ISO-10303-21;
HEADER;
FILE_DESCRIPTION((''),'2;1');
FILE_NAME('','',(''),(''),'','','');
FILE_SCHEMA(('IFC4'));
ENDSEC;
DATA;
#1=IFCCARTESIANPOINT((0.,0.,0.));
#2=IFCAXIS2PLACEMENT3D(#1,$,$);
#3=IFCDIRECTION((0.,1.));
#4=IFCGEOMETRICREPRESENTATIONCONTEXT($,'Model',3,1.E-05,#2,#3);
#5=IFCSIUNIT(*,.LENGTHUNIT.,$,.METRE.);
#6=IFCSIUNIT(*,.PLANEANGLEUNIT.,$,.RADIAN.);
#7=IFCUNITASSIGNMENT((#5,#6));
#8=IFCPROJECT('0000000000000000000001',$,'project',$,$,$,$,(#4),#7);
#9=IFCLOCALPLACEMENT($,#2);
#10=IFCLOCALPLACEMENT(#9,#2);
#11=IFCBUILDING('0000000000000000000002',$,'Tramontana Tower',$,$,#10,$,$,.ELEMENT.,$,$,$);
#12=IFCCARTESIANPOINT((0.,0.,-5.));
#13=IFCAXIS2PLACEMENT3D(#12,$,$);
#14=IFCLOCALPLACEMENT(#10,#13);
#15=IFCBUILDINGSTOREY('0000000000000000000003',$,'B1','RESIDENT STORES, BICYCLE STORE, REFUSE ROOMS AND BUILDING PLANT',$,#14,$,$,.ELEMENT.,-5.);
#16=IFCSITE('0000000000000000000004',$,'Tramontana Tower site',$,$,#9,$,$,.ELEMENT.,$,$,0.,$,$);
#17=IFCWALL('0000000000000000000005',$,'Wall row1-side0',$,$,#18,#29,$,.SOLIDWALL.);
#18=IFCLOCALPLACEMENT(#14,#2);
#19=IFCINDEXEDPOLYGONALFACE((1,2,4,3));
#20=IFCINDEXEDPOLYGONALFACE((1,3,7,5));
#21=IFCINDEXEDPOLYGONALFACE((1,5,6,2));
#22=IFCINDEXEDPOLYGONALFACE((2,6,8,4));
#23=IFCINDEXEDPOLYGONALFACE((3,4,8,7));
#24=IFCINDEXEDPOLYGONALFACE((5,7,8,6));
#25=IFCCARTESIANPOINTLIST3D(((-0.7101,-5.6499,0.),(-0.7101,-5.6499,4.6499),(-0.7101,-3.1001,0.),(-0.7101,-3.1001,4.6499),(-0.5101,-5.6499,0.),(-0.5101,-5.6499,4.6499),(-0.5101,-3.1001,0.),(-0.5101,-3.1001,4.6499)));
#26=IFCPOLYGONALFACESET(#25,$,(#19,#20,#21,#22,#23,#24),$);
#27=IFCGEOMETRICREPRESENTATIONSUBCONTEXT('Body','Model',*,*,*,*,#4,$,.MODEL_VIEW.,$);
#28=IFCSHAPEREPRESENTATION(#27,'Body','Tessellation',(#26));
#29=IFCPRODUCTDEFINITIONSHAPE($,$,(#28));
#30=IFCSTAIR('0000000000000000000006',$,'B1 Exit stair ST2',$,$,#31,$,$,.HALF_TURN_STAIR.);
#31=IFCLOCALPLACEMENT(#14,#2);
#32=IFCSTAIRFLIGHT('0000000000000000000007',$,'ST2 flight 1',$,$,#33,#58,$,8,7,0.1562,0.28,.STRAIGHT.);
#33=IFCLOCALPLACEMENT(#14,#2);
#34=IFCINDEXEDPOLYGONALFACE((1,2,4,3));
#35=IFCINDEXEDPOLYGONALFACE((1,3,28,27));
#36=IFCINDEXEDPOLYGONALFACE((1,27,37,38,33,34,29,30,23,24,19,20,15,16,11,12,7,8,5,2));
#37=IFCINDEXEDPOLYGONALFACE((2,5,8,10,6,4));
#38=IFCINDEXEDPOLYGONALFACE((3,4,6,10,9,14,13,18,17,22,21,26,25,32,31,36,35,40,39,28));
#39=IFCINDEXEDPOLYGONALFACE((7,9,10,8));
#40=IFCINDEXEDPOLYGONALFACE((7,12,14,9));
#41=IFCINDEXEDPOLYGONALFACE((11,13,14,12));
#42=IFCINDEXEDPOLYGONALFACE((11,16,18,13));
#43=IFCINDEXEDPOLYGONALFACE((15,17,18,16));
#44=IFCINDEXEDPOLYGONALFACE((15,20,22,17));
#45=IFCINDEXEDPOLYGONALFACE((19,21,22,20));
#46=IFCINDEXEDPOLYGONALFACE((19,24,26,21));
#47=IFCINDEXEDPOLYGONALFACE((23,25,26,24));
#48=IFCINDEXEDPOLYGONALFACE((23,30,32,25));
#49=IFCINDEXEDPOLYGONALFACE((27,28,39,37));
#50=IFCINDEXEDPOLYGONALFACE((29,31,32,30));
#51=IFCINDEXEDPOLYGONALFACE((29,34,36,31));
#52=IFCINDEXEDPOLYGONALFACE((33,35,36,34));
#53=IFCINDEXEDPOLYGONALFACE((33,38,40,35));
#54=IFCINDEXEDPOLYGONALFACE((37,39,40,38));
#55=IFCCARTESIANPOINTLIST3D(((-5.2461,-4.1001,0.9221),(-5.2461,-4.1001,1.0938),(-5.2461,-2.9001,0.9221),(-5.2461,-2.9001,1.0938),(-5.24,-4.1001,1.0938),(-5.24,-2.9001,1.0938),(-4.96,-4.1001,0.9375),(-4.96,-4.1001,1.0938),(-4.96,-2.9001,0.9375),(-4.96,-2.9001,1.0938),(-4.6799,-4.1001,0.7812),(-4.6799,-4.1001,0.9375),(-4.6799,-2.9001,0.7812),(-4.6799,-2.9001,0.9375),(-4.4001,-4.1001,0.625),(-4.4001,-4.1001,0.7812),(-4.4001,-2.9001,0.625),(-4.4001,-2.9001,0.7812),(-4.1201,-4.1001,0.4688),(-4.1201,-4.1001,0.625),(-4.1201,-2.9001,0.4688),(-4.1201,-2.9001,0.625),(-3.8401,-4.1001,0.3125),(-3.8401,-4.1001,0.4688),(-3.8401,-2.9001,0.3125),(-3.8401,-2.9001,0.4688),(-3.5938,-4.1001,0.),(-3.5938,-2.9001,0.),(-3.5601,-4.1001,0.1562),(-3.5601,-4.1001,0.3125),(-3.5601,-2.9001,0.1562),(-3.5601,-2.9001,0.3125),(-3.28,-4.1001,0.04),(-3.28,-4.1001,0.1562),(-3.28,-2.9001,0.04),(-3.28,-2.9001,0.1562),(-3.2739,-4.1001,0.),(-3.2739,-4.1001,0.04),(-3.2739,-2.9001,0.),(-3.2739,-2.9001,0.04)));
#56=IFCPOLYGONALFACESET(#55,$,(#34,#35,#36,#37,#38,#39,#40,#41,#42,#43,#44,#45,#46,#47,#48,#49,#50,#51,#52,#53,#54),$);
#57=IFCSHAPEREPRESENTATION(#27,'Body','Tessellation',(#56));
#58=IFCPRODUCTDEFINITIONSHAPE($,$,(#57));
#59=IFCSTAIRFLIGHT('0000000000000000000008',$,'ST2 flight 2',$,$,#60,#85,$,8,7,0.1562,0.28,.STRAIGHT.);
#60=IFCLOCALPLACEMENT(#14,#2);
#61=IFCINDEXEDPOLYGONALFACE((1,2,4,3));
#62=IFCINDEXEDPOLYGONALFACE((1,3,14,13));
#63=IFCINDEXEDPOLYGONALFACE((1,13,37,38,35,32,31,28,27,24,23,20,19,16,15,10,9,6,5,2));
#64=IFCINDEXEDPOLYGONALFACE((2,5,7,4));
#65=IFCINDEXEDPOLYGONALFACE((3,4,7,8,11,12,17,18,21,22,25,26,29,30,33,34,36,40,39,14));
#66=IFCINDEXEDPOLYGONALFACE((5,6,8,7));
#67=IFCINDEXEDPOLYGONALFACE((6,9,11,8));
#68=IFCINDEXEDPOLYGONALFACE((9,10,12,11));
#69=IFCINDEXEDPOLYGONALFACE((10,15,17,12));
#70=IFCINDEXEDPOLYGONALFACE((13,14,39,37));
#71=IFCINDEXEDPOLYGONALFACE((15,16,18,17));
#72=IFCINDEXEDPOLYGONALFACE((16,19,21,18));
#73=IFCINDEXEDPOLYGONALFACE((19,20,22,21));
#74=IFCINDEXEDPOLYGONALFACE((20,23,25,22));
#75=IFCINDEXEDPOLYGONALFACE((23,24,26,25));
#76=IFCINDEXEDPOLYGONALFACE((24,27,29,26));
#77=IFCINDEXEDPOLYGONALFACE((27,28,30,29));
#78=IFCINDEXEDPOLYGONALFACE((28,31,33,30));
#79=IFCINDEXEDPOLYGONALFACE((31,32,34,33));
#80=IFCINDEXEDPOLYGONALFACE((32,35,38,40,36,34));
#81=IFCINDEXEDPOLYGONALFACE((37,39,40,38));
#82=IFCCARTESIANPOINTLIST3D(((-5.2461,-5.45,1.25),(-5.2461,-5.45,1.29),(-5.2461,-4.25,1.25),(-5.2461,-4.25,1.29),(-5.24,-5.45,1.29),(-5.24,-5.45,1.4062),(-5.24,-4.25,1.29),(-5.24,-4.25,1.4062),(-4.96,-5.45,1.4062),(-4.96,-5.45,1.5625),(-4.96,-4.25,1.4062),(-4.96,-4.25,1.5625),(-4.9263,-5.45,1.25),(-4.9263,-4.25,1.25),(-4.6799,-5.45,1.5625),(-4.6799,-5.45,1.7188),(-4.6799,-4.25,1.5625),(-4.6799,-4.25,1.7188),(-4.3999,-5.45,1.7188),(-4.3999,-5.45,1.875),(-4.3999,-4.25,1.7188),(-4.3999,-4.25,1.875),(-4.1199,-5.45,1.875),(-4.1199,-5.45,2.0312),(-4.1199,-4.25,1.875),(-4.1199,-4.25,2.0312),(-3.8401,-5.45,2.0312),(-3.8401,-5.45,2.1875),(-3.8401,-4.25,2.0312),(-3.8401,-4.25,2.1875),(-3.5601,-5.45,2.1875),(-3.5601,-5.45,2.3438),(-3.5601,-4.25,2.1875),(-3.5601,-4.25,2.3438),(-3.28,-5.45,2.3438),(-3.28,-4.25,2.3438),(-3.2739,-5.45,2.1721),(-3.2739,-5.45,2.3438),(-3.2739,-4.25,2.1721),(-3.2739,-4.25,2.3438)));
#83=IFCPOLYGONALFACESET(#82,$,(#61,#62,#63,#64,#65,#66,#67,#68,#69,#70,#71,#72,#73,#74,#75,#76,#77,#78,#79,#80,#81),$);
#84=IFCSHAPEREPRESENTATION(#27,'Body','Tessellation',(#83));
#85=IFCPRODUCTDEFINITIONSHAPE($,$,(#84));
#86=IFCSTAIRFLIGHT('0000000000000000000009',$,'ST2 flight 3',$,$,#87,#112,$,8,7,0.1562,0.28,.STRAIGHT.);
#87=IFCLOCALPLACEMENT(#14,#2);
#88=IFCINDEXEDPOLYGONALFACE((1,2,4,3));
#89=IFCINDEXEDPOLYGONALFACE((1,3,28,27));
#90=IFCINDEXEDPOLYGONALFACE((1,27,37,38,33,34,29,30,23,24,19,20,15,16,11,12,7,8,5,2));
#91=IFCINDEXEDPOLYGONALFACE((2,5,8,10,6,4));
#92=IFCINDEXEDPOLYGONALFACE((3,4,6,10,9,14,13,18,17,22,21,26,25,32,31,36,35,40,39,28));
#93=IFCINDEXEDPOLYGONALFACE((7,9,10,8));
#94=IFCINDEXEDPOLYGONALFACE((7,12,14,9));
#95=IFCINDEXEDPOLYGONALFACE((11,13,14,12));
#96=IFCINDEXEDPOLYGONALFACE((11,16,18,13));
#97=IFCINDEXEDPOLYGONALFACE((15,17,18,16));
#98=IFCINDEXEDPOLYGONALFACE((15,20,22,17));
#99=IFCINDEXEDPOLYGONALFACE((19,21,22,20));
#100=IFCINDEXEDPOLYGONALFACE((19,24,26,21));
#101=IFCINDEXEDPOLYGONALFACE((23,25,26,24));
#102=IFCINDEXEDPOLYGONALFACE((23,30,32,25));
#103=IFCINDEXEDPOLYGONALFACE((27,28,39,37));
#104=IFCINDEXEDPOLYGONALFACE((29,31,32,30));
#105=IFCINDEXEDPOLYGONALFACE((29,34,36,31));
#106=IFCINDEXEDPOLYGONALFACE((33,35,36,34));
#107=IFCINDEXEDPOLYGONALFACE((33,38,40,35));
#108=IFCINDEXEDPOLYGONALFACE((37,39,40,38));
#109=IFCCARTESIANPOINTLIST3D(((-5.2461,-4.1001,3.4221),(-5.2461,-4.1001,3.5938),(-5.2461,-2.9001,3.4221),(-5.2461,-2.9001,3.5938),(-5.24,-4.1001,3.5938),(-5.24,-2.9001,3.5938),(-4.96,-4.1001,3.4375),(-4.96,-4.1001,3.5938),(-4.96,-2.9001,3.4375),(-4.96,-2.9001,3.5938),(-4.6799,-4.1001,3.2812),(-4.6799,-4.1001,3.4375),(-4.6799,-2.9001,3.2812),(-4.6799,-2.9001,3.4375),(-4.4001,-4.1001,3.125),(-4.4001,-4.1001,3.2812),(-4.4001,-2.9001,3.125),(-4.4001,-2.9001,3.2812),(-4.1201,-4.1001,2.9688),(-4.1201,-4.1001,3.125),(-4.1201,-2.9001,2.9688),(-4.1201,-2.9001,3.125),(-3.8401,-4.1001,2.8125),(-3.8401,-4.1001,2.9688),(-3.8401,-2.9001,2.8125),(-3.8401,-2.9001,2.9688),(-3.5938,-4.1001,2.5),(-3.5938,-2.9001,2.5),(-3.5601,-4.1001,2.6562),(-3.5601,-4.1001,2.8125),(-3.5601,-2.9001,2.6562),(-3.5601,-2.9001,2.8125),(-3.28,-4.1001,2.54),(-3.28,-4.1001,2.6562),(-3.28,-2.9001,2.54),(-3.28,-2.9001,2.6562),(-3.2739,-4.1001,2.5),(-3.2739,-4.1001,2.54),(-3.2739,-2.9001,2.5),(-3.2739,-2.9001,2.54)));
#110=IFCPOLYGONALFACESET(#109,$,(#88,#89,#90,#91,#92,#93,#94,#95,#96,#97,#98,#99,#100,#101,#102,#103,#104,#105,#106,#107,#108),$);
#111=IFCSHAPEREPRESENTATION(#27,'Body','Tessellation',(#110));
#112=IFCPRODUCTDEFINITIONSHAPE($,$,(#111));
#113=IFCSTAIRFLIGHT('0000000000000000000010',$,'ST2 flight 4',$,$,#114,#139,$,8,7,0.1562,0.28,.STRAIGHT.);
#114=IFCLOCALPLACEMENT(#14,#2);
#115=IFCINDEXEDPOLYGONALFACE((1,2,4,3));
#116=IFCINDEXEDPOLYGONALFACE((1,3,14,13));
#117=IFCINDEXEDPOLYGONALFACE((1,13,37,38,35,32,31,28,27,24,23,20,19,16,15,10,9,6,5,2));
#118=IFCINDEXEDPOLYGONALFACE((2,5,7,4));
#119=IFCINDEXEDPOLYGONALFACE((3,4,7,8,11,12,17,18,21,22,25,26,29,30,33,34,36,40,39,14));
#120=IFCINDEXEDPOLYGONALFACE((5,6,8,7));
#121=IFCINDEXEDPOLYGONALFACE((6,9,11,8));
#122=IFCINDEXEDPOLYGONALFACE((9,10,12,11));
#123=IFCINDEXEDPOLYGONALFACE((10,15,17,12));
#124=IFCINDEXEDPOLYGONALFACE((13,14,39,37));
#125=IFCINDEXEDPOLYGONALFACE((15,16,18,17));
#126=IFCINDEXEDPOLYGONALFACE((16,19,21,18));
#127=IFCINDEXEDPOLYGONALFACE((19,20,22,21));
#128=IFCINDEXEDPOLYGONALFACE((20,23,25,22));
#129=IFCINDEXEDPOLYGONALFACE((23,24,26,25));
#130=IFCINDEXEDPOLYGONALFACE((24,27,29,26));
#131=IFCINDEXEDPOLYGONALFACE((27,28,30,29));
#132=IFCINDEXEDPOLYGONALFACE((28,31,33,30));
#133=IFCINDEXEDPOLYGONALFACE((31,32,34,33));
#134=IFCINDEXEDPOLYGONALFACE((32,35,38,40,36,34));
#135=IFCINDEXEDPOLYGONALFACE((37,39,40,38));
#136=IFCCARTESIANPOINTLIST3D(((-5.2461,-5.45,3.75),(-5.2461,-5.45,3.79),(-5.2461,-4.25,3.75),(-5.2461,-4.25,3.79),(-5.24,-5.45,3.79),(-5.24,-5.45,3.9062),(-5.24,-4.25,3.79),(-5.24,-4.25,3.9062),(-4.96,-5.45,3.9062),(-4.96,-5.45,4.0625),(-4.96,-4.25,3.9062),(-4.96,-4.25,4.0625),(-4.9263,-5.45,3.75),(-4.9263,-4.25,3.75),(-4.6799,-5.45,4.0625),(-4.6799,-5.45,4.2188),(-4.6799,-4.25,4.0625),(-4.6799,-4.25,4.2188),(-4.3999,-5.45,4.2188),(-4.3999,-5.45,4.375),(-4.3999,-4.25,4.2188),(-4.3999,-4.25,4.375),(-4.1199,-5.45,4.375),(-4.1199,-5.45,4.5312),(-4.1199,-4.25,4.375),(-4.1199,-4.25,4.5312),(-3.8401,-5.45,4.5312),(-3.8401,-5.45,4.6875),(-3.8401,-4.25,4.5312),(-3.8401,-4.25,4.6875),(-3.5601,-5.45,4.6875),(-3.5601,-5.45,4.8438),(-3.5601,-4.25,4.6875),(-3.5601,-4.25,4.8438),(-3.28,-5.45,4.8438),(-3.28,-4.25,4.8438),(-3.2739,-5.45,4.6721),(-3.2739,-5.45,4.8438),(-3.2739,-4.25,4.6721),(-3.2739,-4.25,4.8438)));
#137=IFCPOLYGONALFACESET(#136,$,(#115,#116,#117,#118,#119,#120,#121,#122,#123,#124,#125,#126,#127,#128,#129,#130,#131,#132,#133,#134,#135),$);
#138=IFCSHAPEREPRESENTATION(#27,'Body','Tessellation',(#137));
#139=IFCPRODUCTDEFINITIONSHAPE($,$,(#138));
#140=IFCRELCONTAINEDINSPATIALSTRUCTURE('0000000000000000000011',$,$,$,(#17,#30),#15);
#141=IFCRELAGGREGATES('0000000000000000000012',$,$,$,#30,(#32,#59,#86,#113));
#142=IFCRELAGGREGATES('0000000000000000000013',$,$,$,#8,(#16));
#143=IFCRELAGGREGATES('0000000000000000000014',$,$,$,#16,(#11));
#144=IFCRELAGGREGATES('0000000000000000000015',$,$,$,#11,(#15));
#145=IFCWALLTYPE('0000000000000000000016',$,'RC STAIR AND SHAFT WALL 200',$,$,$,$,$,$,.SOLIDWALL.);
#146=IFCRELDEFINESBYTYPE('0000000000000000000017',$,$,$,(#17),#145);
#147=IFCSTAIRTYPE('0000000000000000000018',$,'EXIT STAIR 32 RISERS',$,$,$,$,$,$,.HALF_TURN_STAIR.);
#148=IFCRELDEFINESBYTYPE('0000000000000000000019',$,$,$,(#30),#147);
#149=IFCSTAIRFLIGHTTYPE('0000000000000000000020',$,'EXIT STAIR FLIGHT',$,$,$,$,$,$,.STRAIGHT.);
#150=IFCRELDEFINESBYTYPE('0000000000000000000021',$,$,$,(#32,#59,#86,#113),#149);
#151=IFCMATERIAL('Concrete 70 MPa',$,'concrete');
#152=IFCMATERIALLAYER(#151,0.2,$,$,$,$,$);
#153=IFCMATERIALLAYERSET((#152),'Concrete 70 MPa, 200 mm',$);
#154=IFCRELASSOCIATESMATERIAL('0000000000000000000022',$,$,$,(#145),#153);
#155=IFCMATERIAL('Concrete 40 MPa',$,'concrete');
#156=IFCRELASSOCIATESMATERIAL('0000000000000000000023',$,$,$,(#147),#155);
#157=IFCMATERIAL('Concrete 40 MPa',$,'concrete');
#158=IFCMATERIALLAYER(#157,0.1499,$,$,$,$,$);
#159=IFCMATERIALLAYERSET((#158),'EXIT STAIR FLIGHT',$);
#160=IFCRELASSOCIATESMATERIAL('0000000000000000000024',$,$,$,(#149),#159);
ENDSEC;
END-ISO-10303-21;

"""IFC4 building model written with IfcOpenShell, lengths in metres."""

from ifc_helpers import new_model, si_unit, direction, frame, frame_2d, origin, place, context, subcontext, project, spatial, polyline, rectangle, outline, extrude, material, layer, layer_set, type_object, element, aggregate, save


model = new_model("IFC4")

# Units and contexts
model_context = context("Model", 3, precision=1e-05, world=origin(), true_north=direction((0.0, 1.0)))
body_context = subcontext(model_context, "Body", "Model", "MODEL_VIEW")
ifc_project = project(units=[si_unit("LENGTHUNIT", "METRE"), si_unit("PLANEANGLEUNIT", "RADIAN")], contexts=[model_context])

# Site, building, storey
site_placement = place(None, origin())
site = spatial("IfcSite", under=ifc_project, at=site_placement, Name="Tramontana Tower site", CompositionType="ELEMENT", RefElevation=0.0)
building_placement = place(site_placement, origin())
building = spatial("IfcBuilding", under=site, at=building_placement, Name="Tramontana Tower", CompositionType="ELEMENT")
storey_placement = place(building_placement, frame((0.0, 0.0, -5.0)))
storey = spatial("IfcBuildingStorey", under=building, at=storey_placement, Name="B1", Description="RESIDENT STORES, BICYCLE STORE, REFUSE ROOMS AND BUILDING PLANT", CompositionType="ELEMENT", Elevation=-5.0)

# Shared definitions
ifc_material_1 = material(Name="Concrete 70 MPa", Category="concrete")
ifc_layer_1 = layer(ifc_material_1, 0.2)
ifc_layer_set_1 = layer_set([ifc_layer_1], Name="Concrete 70 MPa, 200 mm")
wall_type_1 = type_object("IfcWallType", Name="RC STAIR AND SHAFT WALL 200", PredefinedType="SOLIDWALL", material=ifc_layer_set_1)

# Wall
wall_1_placement = place(storey_placement, frame((-0.6101, -3.1001, 0.0), z_axis=(0.0, 0.0, 1.0), x_axis=(0.0, -1.0, 0.0)))
element("IfcWall", 1, at=wall_1_placement, inside=storey, type_object=wall_type_1, Name="Wall row1-side0", PredefinedType="SOLIDWALL", context=body_context, shape_type="SweptSolid", body=[
    extrude(rectangle(XDim=2.5498, YDim=0.2, at=frame_2d((1.2749, 0.0))), origin(), (0.0, 0.0, 1.0), 4.6499),
])

# Stair, stair flights
ifc_material_2 = material(Name="Concrete 40 MPa", Category="concrete")
stair_type = type_object("IfcStairType", Name="EXIT STAIR 32 RISERS", PredefinedType="HALF_TURN_STAIR", material=ifc_material_2)
stair_placement = place(storey_placement, origin())
stair = element("IfcStair", 2, at=stair_placement, inside=storey, type_object=stair_type, Name="B1 Exit stair ST2", PredefinedType="HALF_TURN_STAIR")
ifc_material_3 = material(Name="Concrete 40 MPa", Category="concrete")
ifc_layer_2 = layer(ifc_material_3, 0.1499)
ifc_layer_set_2 = layer_set([ifc_layer_2], Name="EXIT STAIR FLIGHT")
stair_flight_type = type_object("IfcStairFlightType", Name="EXIT STAIR FLIGHT", PredefinedType="STRAIGHT", material=ifc_layer_set_2)
stair_flight_1_placement = place(storey_placement, frame((-3.28, -3.5, 0.0), z_axis=(0.0, 0.0, 1.0), x_axis=(-1.0, 0.0, 0.0)))
stair_flight_1 = element("IfcStairFlight", 3, at=stair_flight_1_placement, type_object=stair_flight_type, Name="ST2 flight 1", NumberOfRisers=8, NumberOfTreads=7, PredefinedType="STRAIGHT", RiserHeight=0.1562, TreadLength=0.28, context=body_context, shape_type="SweptSolid", body=[
    extrude(outline(polyline([(-0.0061, 0.0), (-0.0061, 0.04), (0.0, 0.04), (0.0, 0.1562), (0.28, 0.1562), (0.28, 0.3125), (0.5601, 0.3125), (0.5601, 0.4688), (0.8401, 0.4688), (0.8401, 0.625), (1.1201, 0.625), (1.1201, 0.7812), (1.3999, 0.7812), (1.3999, 0.9375), (1.6799, 0.9375), (1.6799, 1.0938), (1.96, 1.0938), (1.9661, 1.0938), (1.9661, 0.9221), (0.3137, 0.0), (-0.0061, 0.0)])), frame((0.0, 0.6001, 0.0), z_axis=(0.0, -1.0, 0.0), x_axis=(1.0, 0.0, 0.0)), (0.0, 0.0, 1.0), 1.2),
])
stair_flight_2_placement = place(storey_placement, frame((-5.24, -4.8501, 1.25), z_axis=(0.0, 0.0, 1.0), x_axis=(1.0, 0.0, 0.0)))
stair_flight_2 = element("IfcStairFlight", 4, at=stair_flight_2_placement, type_object=stair_flight_type, Name="ST2 flight 2", NumberOfRisers=8, NumberOfTreads=7, PredefinedType="STRAIGHT", RiserHeight=0.1562, TreadLength=0.28, context=body_context, shape_type="SweptSolid", body=[
    extrude(outline(polyline([(-0.0061, 0.0), (-0.0061, 0.04), (0.0, 0.04), (0.0, 0.1562), (0.28, 0.1562), (0.28, 0.3125), (0.5601, 0.3125), (0.5601, 0.4688), (0.8401, 0.4688), (0.8401, 0.625), (1.1201, 0.625), (1.1201, 0.7812), (1.3999, 0.7812), (1.3999, 0.9375), (1.6799, 0.9375), (1.6799, 1.0938), (1.96, 1.0938), (1.9661, 1.0938), (1.9661, 0.9221), (0.3137, 0.0), (-0.0061, 0.0)])), frame((0.0, 0.6001, 0.0), z_axis=(0.0, -1.0, 0.0), x_axis=(1.0, 0.0, 0.0)), (0.0, 0.0, 1.0), 1.2),
])
stair_flight_3_placement = place(storey_placement, frame((-3.28, -3.5, 2.5), z_axis=(0.0, 0.0, 1.0), x_axis=(-1.0, 0.0, 0.0)))
stair_flight_3 = element("IfcStairFlight", 5, at=stair_flight_3_placement, type_object=stair_flight_type, Name="ST2 flight 3", NumberOfRisers=8, NumberOfTreads=7, PredefinedType="STRAIGHT", RiserHeight=0.1562, TreadLength=0.28, context=body_context, shape_type="SweptSolid", body=[
    extrude(outline(polyline([(-0.0061, 0.0), (-0.0061, 0.04), (0.0, 0.04), (0.0, 0.1562), (0.28, 0.1562), (0.28, 0.3125), (0.5601, 0.3125), (0.5601, 0.4688), (0.8401, 0.4688), (0.8401, 0.625), (1.1201, 0.625), (1.1201, 0.7812), (1.3999, 0.7812), (1.3999, 0.9375), (1.6799, 0.9375), (1.6799, 1.0938), (1.96, 1.0938), (1.9661, 1.0938), (1.9661, 0.9221), (0.3137, 0.0), (-0.0061, 0.0)])), frame((0.0, 0.6001, 0.0), z_axis=(0.0, -1.0, 0.0), x_axis=(1.0, 0.0, 0.0)), (0.0, 0.0, 1.0), 1.2),
])
stair_flight_4_placement = place(storey_placement, frame((-5.24, -4.8501, 3.75), z_axis=(0.0, 0.0, 1.0), x_axis=(1.0, 0.0, 0.0)))
stair_flight_4 = element("IfcStairFlight", 6, at=stair_flight_4_placement, type_object=stair_flight_type, Name="ST2 flight 4", NumberOfRisers=8, NumberOfTreads=7, PredefinedType="STRAIGHT", RiserHeight=0.1562, TreadLength=0.28, context=body_context, shape_type="SweptSolid", body=[
    extrude(outline(polyline([(-0.0061, 0.0), (-0.0061, 0.04), (0.0, 0.04), (0.0, 0.1562), (0.28, 0.1562), (0.28, 0.3125), (0.5601, 0.3125), (0.5601, 0.4688), (0.8401, 0.4688), (0.8401, 0.625), (1.1201, 0.625), (1.1201, 0.7812), (1.3999, 0.7812), (1.3999, 0.9375), (1.6799, 0.9375), (1.6799, 1.0938), (1.96, 1.0938), (1.9661, 1.0938), (1.9661, 0.9221), (0.3137, 0.0), (-0.0061, 0.0)])), frame((0.0, 0.6001, 0.0), z_axis=(0.0, -1.0, 0.0), x_axis=(1.0, 0.0, 0.0)), (0.0, 0.0, 1.0), 1.2),
])
aggregate(stair, [stair_flight_1, stair_flight_2, stair_flight_3, stair_flight_4])

save(model, "model.ifc")
